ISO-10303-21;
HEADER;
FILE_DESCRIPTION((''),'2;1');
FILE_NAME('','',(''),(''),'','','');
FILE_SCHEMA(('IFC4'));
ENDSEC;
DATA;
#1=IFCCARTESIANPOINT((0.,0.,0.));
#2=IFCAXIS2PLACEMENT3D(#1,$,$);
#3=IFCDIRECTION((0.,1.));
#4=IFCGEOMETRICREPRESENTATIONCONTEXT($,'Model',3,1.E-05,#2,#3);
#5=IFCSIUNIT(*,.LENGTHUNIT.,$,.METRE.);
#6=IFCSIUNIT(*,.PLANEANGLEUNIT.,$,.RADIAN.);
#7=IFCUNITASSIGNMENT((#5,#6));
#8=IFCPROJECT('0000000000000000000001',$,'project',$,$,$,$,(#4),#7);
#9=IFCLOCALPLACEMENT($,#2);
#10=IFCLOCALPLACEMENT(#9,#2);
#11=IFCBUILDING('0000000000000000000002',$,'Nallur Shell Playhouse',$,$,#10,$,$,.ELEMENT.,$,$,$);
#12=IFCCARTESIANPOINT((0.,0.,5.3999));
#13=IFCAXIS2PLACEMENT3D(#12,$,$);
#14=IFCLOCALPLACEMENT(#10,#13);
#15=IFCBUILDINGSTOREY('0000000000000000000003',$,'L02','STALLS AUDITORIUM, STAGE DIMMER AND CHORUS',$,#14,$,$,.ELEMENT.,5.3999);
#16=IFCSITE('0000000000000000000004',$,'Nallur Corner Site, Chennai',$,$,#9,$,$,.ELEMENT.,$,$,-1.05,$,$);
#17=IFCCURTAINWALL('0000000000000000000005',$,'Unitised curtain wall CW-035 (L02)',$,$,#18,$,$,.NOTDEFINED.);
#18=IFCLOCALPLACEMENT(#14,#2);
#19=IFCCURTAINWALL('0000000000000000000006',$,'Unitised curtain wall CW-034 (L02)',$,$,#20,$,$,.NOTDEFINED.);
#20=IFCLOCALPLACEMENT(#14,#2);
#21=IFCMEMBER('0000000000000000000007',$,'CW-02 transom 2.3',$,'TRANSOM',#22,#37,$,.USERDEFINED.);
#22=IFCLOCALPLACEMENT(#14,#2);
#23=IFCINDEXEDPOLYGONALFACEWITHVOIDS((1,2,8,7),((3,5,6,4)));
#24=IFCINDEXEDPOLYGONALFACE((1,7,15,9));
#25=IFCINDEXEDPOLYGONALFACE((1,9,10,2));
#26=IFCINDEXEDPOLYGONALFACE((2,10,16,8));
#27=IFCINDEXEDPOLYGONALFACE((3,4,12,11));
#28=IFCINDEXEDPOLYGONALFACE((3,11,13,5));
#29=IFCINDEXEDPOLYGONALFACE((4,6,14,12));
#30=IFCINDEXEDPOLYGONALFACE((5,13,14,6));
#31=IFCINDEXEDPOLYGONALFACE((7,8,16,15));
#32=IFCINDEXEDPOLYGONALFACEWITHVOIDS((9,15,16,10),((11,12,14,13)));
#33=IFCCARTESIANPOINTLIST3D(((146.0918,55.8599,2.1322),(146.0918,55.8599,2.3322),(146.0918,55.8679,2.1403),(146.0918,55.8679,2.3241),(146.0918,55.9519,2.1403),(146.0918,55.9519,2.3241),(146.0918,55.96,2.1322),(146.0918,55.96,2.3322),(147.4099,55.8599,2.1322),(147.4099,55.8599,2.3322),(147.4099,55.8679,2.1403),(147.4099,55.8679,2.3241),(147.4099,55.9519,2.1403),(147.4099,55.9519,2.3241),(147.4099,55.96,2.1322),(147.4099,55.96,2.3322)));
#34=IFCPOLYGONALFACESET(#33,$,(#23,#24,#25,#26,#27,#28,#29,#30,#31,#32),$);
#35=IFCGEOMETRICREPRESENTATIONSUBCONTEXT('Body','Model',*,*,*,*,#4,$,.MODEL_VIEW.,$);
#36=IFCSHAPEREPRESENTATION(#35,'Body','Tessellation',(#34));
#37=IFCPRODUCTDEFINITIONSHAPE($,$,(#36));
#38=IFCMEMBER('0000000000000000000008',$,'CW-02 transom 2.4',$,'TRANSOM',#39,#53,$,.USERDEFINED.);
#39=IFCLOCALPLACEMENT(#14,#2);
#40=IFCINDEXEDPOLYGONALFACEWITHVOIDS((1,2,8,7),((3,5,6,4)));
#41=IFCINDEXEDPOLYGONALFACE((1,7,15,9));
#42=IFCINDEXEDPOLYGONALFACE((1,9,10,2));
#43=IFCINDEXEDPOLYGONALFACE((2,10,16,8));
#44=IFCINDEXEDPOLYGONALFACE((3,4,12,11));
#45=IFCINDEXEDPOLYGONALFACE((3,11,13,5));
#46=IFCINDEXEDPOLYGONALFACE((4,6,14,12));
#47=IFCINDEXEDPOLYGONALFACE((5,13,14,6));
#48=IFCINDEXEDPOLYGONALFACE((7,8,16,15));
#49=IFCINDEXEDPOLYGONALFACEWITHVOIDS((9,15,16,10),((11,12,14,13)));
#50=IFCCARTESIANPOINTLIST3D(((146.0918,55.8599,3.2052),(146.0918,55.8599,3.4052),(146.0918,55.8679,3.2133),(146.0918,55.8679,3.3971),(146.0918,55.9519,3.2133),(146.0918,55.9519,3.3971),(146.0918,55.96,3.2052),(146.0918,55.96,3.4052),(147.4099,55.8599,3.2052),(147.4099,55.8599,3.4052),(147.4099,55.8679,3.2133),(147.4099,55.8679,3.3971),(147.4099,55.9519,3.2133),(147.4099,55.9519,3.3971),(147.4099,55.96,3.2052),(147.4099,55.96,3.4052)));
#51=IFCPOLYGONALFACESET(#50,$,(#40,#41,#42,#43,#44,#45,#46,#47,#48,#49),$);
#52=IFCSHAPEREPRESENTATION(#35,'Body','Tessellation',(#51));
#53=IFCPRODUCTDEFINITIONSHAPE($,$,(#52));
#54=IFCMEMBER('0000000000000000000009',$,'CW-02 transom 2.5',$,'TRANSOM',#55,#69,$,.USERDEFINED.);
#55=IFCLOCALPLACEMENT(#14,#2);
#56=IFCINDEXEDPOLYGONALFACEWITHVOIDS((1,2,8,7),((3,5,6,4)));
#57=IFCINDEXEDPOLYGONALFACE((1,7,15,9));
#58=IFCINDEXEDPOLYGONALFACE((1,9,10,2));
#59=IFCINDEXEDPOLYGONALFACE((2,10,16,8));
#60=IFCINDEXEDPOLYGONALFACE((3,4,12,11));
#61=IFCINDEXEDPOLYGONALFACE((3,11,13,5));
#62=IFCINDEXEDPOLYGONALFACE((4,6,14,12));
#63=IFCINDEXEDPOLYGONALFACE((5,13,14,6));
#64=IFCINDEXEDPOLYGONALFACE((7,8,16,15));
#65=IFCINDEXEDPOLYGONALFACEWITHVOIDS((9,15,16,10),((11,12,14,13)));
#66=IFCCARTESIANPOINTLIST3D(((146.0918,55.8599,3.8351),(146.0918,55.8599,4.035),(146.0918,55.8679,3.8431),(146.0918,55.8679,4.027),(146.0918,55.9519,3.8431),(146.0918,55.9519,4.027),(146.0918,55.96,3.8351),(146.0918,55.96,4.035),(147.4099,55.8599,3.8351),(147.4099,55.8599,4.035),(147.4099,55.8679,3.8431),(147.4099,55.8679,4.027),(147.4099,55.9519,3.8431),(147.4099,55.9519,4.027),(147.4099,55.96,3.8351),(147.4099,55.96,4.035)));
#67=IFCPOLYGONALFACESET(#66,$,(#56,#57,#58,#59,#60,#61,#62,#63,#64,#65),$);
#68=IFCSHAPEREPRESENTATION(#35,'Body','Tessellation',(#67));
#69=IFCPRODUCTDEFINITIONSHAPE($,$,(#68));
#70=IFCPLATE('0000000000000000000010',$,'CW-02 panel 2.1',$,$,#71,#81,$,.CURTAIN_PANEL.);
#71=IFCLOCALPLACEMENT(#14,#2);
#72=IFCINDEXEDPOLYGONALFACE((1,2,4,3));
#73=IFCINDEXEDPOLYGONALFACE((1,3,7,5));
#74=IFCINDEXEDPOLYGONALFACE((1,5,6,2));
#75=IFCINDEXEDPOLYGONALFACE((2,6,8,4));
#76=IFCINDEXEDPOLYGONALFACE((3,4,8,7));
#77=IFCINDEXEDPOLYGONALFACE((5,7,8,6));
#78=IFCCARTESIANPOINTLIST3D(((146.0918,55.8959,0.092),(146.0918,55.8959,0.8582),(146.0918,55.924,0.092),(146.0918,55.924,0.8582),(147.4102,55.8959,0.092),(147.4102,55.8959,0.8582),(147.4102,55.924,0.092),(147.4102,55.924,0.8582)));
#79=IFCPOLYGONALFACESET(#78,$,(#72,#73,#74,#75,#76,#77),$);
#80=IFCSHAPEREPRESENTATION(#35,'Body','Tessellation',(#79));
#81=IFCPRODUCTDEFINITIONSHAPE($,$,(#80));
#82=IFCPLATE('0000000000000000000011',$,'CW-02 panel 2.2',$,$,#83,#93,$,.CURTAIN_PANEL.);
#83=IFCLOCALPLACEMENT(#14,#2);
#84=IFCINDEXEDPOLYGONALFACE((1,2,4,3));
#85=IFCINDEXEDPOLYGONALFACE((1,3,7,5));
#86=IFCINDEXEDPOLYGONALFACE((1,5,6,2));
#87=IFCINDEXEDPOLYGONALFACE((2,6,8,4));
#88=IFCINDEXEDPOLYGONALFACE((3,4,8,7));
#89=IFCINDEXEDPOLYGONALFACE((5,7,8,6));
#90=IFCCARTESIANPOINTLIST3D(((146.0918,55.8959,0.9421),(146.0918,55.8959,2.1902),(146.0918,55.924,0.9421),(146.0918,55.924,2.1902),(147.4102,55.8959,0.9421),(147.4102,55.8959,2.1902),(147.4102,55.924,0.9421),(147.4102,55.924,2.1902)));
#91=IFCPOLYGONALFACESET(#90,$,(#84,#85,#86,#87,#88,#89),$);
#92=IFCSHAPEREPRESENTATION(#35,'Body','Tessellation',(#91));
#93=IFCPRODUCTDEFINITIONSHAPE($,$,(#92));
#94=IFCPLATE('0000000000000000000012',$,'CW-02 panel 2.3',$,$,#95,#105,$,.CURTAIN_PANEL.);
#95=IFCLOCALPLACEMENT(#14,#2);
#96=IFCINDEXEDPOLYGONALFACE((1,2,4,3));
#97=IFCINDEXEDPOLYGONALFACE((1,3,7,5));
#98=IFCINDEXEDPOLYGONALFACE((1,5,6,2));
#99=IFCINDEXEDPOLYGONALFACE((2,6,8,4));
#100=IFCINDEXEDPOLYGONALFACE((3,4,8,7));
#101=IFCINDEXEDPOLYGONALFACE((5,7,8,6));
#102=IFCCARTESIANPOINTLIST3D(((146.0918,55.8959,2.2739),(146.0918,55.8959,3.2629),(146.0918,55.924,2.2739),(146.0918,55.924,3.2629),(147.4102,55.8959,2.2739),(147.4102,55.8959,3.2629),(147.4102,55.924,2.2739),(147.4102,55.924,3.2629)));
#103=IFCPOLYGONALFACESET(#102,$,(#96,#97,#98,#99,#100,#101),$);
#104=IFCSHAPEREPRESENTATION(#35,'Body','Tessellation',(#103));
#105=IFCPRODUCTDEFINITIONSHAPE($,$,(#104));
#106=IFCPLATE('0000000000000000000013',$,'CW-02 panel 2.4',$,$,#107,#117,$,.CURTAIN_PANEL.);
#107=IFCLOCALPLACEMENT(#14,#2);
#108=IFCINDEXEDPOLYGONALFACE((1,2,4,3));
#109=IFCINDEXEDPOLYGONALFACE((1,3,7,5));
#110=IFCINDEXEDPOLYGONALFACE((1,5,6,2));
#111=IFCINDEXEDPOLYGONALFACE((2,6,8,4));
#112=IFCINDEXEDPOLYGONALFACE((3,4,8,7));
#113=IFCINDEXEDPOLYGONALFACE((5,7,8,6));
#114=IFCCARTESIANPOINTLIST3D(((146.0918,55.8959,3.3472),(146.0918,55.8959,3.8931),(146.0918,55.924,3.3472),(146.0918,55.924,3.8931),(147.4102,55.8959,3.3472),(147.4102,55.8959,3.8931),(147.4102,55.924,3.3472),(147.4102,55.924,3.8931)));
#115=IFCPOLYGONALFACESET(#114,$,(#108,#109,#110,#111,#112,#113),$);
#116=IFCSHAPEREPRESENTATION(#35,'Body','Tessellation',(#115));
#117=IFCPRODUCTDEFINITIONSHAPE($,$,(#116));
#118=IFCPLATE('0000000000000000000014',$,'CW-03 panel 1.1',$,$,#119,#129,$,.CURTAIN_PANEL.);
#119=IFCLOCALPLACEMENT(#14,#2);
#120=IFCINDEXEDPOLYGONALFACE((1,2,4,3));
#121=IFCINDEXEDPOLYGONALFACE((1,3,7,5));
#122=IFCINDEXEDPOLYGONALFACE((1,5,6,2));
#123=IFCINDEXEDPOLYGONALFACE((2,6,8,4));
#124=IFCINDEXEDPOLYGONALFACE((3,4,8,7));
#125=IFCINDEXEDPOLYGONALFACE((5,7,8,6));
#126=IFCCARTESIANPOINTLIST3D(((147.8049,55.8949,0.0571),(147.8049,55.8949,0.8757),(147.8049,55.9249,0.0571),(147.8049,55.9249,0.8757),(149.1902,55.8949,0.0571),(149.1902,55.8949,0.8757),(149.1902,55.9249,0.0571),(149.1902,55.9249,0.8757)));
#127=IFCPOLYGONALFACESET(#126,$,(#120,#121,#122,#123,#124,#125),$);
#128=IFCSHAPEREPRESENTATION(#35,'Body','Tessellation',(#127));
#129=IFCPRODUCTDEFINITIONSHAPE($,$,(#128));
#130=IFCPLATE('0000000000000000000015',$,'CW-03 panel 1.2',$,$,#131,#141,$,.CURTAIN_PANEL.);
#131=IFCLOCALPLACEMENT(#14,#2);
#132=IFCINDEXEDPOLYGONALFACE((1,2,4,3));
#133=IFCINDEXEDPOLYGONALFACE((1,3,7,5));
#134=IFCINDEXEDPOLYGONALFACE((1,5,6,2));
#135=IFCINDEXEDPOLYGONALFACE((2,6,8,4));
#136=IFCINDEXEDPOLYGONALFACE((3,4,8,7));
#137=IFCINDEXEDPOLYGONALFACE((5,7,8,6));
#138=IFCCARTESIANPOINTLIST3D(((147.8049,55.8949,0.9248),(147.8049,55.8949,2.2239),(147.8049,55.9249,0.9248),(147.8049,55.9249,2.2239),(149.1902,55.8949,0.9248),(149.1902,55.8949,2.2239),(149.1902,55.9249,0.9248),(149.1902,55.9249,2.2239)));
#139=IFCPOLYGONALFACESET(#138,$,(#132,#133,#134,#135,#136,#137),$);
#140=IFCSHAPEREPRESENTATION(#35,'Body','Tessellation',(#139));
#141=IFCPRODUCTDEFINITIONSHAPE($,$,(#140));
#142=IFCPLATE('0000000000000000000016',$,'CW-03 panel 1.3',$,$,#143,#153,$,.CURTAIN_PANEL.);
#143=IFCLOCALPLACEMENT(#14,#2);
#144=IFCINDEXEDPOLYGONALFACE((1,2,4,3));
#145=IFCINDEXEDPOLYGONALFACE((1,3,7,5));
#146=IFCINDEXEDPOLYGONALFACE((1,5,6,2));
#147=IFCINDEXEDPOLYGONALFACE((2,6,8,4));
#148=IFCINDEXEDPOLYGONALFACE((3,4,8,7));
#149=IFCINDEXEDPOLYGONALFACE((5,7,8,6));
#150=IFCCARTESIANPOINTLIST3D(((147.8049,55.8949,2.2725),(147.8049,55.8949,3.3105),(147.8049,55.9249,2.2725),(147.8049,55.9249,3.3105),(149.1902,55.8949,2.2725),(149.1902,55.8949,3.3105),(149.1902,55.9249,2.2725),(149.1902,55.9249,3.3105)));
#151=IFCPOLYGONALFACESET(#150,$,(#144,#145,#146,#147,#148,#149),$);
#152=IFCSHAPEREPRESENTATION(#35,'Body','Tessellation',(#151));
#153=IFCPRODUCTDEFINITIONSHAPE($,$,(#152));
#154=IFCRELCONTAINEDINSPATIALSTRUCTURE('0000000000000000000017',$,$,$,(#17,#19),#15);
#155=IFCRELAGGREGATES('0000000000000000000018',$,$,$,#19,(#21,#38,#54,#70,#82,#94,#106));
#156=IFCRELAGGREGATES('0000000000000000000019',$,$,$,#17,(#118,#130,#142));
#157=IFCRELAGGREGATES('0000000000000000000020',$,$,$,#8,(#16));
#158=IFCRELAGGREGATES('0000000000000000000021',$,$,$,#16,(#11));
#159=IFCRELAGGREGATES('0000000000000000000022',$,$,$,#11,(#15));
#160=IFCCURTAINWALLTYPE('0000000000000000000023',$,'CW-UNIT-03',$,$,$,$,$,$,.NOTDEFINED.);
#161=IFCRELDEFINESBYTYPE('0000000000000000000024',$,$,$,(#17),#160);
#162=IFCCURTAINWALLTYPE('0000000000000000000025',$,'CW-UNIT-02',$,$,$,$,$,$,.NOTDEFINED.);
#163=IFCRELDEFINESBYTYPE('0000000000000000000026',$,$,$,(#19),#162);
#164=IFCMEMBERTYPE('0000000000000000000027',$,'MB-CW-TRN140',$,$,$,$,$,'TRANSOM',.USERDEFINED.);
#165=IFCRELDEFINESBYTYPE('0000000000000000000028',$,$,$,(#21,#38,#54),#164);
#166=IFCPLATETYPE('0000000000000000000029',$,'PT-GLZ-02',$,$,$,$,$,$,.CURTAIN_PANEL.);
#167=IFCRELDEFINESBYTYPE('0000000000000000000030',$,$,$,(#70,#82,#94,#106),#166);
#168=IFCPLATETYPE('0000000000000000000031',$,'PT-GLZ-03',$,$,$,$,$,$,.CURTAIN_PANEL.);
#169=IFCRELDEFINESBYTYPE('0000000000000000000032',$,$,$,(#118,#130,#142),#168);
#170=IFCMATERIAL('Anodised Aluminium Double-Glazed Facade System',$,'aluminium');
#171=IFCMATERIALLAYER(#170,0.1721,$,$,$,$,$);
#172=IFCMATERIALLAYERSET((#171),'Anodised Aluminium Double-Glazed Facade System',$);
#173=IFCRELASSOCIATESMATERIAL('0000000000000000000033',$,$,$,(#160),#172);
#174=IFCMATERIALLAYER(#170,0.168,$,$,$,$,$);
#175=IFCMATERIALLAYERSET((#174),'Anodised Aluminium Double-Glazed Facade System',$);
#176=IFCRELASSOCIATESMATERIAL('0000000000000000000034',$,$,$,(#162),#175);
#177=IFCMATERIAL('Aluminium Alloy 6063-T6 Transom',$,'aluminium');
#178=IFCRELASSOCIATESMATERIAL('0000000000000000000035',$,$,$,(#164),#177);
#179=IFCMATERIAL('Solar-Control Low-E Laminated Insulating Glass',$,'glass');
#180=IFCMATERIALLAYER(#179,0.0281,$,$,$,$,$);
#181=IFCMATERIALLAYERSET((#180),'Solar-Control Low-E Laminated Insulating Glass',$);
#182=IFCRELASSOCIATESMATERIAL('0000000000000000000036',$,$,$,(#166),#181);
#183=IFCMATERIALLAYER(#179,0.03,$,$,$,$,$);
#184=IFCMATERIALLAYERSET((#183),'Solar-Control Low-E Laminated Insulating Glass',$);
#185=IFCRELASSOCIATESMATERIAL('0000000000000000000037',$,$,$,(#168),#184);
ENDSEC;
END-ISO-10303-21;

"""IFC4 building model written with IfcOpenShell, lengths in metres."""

from ifc_helpers import new_model, si_unit, direction, frame, origin, origin_2d, place, context, subcontext, project, spatial, rectangle, hollow_rectangle, extrude, material, layer, layer_set, material_profile, profile_set, type_object, element, aggregate, save


model = new_model("IFC4")

# Units and contexts
model_context = context("Model", 3, precision=1e-05, world=origin(), true_north=direction((0.0, 1.0)))
body_context = subcontext(model_context, "Body", "Model", "MODEL_VIEW")
ifc_project = project(units=[si_unit("LENGTHUNIT", "METRE"), si_unit("PLANEANGLEUNIT", "RADIAN")], contexts=[model_context])

# Site, building, storey
site_placement = place(None, origin())
site = spatial("IfcSite", under=ifc_project, at=site_placement, Name="Nallur Corner Site, Chennai", CompositionType="ELEMENT", RefElevation=-1.05)
building_placement = place(site_placement, origin())
building = spatial("IfcBuilding", under=site, at=building_placement, Name="Nallur Shell Playhouse", CompositionType="ELEMENT")
storey_placement = place(building_placement, frame((0.0, 0.0, 5.3999)))
storey = spatial("IfcBuildingStorey", under=building, at=storey_placement, Name="L02", Description="STALLS AUDITORIUM, STAGE DIMMER AND CHORUS", CompositionType="ELEMENT", Elevation=5.3999)

# Curtain wall
ifc_material_1 = material(Name="Anodised Aluminium Double-Glazed Facade System", Category="aluminium")
ifc_layer_1 = layer(ifc_material_1, 0.1721)
ifc_layer_set_1 = layer_set([ifc_layer_1], Name="Anodised Aluminium Double-Glazed Facade System")
curtain_wall_type_1 = type_object("IfcCurtainWallType", Name="CW-UNIT-03", PredefinedType="NOTDEFINED", material=ifc_layer_set_1)
curtain_wall_1_placement = place(storey_placement, origin())
curtain_wall_1 = element("IfcCurtainWall", 1, at=curtain_wall_1_placement, inside=storey, type_object=curtain_wall_type_1, Name="Unitised curtain wall CW-035 (L02)", PredefinedType="NOTDEFINED")

# Curtain wall
ifc_layer_2 = layer(ifc_material_1, 0.168)
ifc_layer_set_2 = layer_set([ifc_layer_2], Name="Anodised Aluminium Double-Glazed Facade System")
curtain_wall_type_2 = type_object("IfcCurtainWallType", Name="CW-UNIT-02", PredefinedType="NOTDEFINED", material=ifc_layer_set_2)
curtain_wall_2_placement = place(storey_placement, origin())
curtain_wall_2 = element("IfcCurtainWall", 2, at=curtain_wall_2_placement, inside=storey, type_object=curtain_wall_type_2, Name="Unitised curtain wall CW-034 (L02)", PredefinedType="NOTDEFINED")

# Members
ifc_material_2 = material(Name="Aluminium Alloy 6063-T6 Transom", Category="aluminium")
ifc_material_profile_1 = material_profile(ifc_material_2, hollow_rectangle(XDim=0.1001, YDim=0.2, WallThickness=0.0081, at=origin_2d()), Name="RHS 200x100x8")
ifc_profile_set_1 = profile_set([ifc_material_profile_1], Name="Aluminium Alloy 6063-T6 Transom")
member_type_1 = type_object("IfcMemberType", Name="MB-CW-TRN140", ElementType="TRANSOM", PredefinedType="USERDEFINED", material=ifc_profile_set_1)
member_1_placement = place(storey_placement, frame((146.0918, 55.9099, 2.2322), z_axis=(1.0, 0.0, 0.0), x_axis=(0.0, 1.0, 0.0)))
member_1 = element("IfcMember", 3, at=member_1_placement, type_object=member_type_1, Name="CW-02 transom 2.3", ObjectType="TRANSOM", PredefinedType="USERDEFINED", context=body_context, shape_type="SweptSolid", body=[
    extrude(hollow_rectangle(XDim=0.1001, YDim=0.2, WallThickness=0.0081, at=origin_2d()), origin(), (0.0, 0.0, 1.0), 1.3181),
])
member_2_placement = place(storey_placement, frame((146.0918, 55.9099, 3.3052), z_axis=(1.0, 0.0, 0.0), x_axis=(0.0, 1.0, 0.0)))
member_2 = element("IfcMember", 4, at=member_2_placement, type_object=member_type_1, Name="CW-02 transom 2.4", ObjectType="TRANSOM", PredefinedType="USERDEFINED", context=body_context, shape_type="SweptSolid", body=[
    extrude(hollow_rectangle(XDim=0.1001, YDim=0.2, WallThickness=0.0081, at=origin_2d()), origin(), (0.0, 0.0, 1.0), 1.3181),
])
member_3_placement = place(storey_placement, frame((146.0918, 55.9099, 3.9351), z_axis=(1.0, 0.0, 0.0), x_axis=(0.0, 1.0, 0.0)))
member_3 = element("IfcMember", 5, at=member_3_placement, type_object=member_type_1, Name="CW-02 transom 2.5", ObjectType="TRANSOM", PredefinedType="USERDEFINED", context=body_context, shape_type="SweptSolid", body=[
    extrude(hollow_rectangle(XDim=0.1001, YDim=0.2, WallThickness=0.0081, at=origin_2d()), origin(), (0.0, 0.0, 1.0), 1.3181),
])

# Plates
ifc_material_3 = material(Name="Solar-Control Low-E Laminated Insulating Glass", Category="glass")
ifc_layer_3 = layer(ifc_material_3, 0.0281)
ifc_layer_set_3 = layer_set([ifc_layer_3], Name="Solar-Control Low-E Laminated Insulating Glass")
plate_type_1 = type_object("IfcPlateType", Name="PT-GLZ-02", PredefinedType="CURTAIN_PANEL", material=ifc_layer_set_3)
plate_1_placement = place(storey_placement, frame((146.751, 55.9099, 0.092), z_axis=(0.0, 0.0, 1.0), x_axis=(1.0, 0.0, 0.0)))
plate_1 = element("IfcPlate", 6, at=plate_1_placement, type_object=plate_type_1, Name="CW-02 panel 2.1", PredefinedType="CURTAIN_PANEL", context=body_context, shape_type="SweptSolid", body=[
    extrude(rectangle(XDim=1.3184, YDim=0.0281, at=origin_2d()), origin(), (0.0, 0.0, 1.0), 0.7661),
])
plate_2_placement = place(storey_placement, frame((146.751, 55.9099, 0.9421), z_axis=(0.0, 0.0, 1.0), x_axis=(1.0, 0.0, 0.0)))
plate_2 = element("IfcPlate", 7, at=plate_2_placement, type_object=plate_type_1, Name="CW-02 panel 2.2", PredefinedType="CURTAIN_PANEL", context=body_context, shape_type="SweptSolid", body=[
    extrude(rectangle(XDim=1.3184, YDim=0.0281, at=origin_2d()), origin(), (0.0, 0.0, 1.0), 1.248),
])
plate_3_placement = place(storey_placement, frame((146.751, 55.9099, 2.2739), z_axis=(0.0, 0.0, 1.0), x_axis=(1.0, 0.0, 0.0)))
plate_3 = element("IfcPlate", 8, at=plate_3_placement, type_object=plate_type_1, Name="CW-02 panel 2.3", PredefinedType="CURTAIN_PANEL", context=body_context, shape_type="SweptSolid", body=[
    extrude(rectangle(XDim=1.3184, YDim=0.0281, at=origin_2d()), origin(), (0.0, 0.0, 1.0), 0.989),
])
plate_4_placement = place(storey_placement, frame((146.751, 55.9099, 3.3472), z_axis=(0.0, 0.0, 1.0), x_axis=(1.0, 0.0, 0.0)))
plate_4 = element("IfcPlate", 9, at=plate_4_placement, type_object=plate_type_1, Name="CW-02 panel 2.4", PredefinedType="CURTAIN_PANEL", context=body_context, shape_type="SweptSolid", body=[
    extrude(rectangle(XDim=1.3184, YDim=0.0281, at=origin_2d()), origin(), (0.0, 0.0, 1.0), 0.5459),
])
aggregate(curtain_wall_2, [member_1, member_2, member_3, plate_1, plate_2, plate_3, plate_4])
ifc_layer_4 = layer(ifc_material_3, 0.03)
ifc_layer_set_4 = layer_set([ifc_layer_4], Name="Solar-Control Low-E Laminated Insulating Glass")
plate_type_2 = type_object("IfcPlateType", Name="PT-GLZ-03", PredefinedType="CURTAIN_PANEL", material=ifc_layer_set_4)
plate_5_placement = place(storey_placement, frame((148.4976, 55.9099, 0.0571), z_axis=(0.0, 0.0, 1.0), x_axis=(1.0, 0.0, 0.0)))
plate_5 = element("IfcPlate", 10, at=plate_5_placement, type_object=plate_type_2, Name="CW-03 panel 1.1", PredefinedType="CURTAIN_PANEL", context=body_context, shape_type="SweptSolid", body=[
    extrude(rectangle(XDim=1.3853, YDim=0.03, at=origin_2d()), origin(), (0.0, 0.0, 1.0), 0.8186),
])
plate_6_placement = place(storey_placement, frame((148.4976, 55.9099, 0.9248), z_axis=(0.0, 0.0, 1.0), x_axis=(1.0, 0.0, 0.0)))
plate_6 = element("IfcPlate", 11, at=plate_6_placement, type_object=plate_type_2, Name="CW-03 panel 1.2", PredefinedType="CURTAIN_PANEL", context=body_context, shape_type="SweptSolid", body=[
    extrude(rectangle(XDim=1.3853, YDim=0.03, at=origin_2d()), origin(), (0.0, 0.0, 1.0), 1.2991),
])
plate_7_placement = place(storey_placement, frame((148.4976, 55.9099, 2.2725), z_axis=(0.0, 0.0, 1.0), x_axis=(1.0, 0.0, 0.0)))
plate_7 = element("IfcPlate", 12, at=plate_7_placement, type_object=plate_type_2, Name="CW-03 panel 1.3", PredefinedType="CURTAIN_PANEL", context=body_context, shape_type="SweptSolid", body=[
    extrude(rectangle(XDim=1.3853, YDim=0.03, at=origin_2d()), origin(), (0.0, 0.0, 1.0), 1.0381),
])
aggregate(curtain_wall_1, [plate_5, plate_6, plate_7])

save(model, "model.ifc")
